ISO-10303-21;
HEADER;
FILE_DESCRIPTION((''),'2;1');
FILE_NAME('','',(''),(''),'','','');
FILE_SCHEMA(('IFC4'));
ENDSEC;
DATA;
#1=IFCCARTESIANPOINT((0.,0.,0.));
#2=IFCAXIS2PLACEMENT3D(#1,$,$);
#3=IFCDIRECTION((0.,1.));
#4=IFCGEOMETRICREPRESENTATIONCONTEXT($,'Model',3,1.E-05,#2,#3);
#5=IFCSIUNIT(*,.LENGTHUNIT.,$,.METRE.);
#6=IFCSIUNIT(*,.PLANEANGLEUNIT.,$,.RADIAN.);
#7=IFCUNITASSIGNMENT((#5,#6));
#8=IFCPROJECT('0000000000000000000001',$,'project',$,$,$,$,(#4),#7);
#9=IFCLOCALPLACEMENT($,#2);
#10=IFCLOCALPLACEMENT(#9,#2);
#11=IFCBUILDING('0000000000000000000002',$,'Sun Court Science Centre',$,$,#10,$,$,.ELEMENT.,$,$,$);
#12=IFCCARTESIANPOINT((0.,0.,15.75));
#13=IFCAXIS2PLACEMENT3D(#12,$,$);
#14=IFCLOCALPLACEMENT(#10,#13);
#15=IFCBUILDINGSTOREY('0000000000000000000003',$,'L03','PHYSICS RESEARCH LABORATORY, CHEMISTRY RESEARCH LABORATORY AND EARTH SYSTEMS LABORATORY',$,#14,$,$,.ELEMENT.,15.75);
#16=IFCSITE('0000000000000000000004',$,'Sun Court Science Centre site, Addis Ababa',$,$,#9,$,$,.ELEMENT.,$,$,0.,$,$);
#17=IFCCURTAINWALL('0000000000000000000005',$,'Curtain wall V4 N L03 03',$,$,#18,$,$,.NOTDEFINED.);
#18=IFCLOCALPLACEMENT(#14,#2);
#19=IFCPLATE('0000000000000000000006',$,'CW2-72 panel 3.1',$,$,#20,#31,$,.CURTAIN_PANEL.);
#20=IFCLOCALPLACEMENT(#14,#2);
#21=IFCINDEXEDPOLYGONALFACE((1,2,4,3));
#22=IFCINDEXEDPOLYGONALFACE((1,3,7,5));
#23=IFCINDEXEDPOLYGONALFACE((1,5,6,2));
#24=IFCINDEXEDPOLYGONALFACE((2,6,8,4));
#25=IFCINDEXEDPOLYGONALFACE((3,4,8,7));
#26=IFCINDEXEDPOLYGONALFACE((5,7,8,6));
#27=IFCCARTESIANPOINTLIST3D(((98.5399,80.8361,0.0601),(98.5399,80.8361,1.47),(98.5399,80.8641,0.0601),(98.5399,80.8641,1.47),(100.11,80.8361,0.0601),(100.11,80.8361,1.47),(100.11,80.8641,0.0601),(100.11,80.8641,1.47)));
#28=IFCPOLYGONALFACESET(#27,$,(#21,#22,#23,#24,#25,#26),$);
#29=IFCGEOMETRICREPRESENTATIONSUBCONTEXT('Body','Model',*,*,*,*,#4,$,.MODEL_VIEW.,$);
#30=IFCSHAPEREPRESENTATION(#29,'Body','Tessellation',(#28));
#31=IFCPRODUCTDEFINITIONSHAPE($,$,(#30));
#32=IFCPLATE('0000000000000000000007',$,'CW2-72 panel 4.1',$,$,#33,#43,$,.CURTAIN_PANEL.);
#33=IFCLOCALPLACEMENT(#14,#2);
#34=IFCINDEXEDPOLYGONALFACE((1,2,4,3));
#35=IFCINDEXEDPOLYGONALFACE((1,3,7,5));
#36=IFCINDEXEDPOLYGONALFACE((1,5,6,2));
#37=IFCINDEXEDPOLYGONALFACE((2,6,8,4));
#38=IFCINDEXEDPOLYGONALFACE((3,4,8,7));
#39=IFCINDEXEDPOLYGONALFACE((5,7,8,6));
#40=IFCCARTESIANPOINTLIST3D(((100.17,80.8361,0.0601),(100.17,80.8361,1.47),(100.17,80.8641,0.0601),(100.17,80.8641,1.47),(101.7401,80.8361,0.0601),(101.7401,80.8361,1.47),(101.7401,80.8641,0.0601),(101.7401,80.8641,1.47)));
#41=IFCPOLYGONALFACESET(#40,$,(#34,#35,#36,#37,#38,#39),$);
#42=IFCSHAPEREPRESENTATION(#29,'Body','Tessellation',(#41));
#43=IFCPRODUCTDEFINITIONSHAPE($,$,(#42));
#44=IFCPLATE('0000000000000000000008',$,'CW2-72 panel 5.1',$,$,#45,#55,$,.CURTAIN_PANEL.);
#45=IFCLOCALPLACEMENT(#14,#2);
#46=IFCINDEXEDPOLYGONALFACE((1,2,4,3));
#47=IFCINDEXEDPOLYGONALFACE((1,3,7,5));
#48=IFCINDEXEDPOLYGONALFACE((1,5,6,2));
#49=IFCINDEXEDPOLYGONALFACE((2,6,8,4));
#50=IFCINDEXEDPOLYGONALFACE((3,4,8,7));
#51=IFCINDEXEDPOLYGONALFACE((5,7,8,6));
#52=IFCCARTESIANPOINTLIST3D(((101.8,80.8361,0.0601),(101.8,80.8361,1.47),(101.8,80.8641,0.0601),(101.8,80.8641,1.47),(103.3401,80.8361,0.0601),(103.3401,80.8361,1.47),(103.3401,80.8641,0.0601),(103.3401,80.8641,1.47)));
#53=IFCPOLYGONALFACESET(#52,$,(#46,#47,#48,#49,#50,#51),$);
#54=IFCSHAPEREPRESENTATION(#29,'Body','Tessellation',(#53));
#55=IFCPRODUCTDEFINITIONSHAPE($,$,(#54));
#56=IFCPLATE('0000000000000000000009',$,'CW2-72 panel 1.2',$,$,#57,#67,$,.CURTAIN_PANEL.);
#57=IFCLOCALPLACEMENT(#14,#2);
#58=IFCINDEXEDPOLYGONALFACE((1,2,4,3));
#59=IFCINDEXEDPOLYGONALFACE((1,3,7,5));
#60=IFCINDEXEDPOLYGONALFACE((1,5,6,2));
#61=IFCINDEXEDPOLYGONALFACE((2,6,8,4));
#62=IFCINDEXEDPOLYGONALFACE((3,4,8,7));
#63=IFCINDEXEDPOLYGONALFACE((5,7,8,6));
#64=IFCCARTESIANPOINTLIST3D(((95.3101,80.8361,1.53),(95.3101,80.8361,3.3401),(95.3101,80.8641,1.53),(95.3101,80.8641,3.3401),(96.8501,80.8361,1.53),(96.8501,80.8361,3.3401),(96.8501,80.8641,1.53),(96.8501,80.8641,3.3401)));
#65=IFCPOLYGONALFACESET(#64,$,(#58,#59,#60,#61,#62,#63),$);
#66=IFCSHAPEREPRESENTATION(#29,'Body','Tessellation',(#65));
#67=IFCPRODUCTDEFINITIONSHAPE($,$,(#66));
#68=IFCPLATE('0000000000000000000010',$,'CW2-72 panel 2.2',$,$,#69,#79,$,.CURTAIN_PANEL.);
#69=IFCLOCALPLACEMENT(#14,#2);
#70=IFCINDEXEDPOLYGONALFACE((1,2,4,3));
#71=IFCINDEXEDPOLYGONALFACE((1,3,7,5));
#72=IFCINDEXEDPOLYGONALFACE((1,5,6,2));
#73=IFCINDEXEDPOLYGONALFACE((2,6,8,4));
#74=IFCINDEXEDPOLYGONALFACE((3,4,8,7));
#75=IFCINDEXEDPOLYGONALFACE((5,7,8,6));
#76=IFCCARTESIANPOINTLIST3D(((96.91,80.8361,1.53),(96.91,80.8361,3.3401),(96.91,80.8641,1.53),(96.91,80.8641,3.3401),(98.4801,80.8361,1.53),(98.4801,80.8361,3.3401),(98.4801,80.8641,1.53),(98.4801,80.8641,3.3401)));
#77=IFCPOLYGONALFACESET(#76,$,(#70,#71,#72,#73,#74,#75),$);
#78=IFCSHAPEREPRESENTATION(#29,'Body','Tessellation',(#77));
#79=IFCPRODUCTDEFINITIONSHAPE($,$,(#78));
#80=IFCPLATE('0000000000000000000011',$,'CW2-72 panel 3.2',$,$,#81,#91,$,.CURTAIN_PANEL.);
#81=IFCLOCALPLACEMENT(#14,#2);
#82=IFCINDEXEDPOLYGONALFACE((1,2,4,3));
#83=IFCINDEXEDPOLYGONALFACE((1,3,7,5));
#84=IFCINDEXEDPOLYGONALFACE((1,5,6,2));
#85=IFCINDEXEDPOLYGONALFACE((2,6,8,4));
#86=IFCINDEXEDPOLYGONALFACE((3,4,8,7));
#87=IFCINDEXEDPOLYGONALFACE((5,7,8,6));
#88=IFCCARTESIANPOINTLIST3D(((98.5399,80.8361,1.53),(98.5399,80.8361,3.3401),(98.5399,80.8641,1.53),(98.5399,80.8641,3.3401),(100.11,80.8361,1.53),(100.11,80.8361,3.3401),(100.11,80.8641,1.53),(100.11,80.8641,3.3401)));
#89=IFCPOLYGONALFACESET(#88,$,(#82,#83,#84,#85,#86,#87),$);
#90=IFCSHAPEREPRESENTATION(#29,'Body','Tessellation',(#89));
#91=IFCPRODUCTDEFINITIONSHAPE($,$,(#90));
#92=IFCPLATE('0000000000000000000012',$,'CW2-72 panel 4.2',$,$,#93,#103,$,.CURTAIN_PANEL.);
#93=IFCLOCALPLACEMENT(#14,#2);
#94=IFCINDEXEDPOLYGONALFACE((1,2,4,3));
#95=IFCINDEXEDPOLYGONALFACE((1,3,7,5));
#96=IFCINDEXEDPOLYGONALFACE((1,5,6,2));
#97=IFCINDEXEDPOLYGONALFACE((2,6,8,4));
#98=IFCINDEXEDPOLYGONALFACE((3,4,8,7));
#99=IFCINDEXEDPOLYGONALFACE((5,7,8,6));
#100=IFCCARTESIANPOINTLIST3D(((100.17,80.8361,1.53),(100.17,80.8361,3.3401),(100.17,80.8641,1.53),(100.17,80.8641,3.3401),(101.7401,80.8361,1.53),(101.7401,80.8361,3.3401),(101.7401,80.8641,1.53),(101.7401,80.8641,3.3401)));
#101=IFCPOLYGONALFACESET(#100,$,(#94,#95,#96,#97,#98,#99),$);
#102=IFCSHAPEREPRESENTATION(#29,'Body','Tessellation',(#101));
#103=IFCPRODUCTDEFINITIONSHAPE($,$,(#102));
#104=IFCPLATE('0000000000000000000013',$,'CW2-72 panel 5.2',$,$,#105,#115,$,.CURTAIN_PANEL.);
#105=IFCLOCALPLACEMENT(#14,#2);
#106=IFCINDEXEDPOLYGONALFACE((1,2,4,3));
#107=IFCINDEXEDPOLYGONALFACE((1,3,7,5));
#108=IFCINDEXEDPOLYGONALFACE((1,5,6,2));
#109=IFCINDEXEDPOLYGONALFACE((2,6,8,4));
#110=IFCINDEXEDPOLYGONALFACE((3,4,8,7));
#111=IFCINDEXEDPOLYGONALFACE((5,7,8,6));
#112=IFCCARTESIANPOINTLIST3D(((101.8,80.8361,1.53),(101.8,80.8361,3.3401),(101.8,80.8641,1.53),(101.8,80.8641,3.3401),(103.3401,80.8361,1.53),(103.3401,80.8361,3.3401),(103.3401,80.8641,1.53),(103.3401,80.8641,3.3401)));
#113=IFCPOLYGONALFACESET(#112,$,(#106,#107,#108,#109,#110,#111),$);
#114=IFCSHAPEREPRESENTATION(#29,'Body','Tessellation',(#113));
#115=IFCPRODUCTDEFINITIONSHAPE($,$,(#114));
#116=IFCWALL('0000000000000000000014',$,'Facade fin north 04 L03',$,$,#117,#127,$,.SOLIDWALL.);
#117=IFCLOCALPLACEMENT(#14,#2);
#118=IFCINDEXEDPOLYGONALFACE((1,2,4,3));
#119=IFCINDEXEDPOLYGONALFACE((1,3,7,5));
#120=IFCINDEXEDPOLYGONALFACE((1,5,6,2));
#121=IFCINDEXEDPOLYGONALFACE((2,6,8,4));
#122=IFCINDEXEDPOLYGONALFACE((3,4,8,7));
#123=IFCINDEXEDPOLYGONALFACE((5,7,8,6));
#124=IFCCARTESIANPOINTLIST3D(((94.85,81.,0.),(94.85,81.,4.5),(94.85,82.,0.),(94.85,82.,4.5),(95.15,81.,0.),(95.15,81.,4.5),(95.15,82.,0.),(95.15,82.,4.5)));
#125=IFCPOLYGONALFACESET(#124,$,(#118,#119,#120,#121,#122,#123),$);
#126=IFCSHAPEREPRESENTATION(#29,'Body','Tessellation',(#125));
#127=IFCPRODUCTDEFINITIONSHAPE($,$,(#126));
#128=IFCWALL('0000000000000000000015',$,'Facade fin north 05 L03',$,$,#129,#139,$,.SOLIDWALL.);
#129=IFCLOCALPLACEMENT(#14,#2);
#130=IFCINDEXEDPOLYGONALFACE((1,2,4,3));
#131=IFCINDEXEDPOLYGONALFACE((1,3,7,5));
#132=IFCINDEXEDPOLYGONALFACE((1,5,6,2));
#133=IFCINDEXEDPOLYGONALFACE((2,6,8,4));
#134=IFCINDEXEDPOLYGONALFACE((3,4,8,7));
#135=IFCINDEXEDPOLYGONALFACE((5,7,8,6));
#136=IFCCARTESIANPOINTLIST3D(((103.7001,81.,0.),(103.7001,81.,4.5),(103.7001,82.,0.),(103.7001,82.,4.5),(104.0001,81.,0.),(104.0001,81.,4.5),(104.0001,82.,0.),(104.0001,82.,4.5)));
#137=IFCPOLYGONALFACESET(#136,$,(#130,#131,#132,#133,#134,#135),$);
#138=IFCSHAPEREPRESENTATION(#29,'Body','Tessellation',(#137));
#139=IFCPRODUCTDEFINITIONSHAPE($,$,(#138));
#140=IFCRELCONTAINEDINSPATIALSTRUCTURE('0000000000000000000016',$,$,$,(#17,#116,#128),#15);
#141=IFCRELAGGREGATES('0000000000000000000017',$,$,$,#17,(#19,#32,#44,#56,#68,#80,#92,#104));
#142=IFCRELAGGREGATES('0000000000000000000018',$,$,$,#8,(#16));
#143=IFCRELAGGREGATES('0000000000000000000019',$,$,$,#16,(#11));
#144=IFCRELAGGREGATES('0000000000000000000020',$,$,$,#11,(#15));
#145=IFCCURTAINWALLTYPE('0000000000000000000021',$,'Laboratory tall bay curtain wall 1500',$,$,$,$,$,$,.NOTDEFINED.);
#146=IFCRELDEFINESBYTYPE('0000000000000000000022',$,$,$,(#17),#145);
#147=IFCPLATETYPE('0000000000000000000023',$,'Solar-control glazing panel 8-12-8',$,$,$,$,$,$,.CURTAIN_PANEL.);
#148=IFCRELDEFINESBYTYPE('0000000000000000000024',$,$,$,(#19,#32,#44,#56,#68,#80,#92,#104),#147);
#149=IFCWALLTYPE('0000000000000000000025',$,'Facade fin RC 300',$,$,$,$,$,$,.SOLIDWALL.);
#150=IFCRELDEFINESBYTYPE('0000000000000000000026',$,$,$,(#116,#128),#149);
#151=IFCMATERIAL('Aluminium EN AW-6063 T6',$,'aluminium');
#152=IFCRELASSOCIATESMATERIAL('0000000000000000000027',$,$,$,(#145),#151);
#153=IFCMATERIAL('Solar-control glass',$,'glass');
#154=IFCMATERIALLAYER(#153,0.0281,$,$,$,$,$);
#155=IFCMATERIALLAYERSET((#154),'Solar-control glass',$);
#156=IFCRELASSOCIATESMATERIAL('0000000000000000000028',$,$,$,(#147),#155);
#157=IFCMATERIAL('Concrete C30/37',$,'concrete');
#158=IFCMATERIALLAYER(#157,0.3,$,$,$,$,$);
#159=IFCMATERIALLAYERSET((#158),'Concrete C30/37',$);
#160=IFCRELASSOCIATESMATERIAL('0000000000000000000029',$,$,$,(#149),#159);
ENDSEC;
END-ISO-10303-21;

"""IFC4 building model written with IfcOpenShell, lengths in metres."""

from ifc_helpers import new_model, si_unit, direction, frame, frame_2d, origin, origin_2d, place, context, subcontext, project, spatial, rectangle, extrude, material, layer, layer_set, type_object, element, aggregate, save


model = new_model("IFC4")

# Units and contexts
model_context = context("Model", 3, precision=1e-05, world=origin(), true_north=direction((0.0, 1.0)))
body_context = subcontext(model_context, "Body", "Model", "MODEL_VIEW")
ifc_project = project(units=[si_unit("LENGTHUNIT", "METRE"), si_unit("PLANEANGLEUNIT", "RADIAN")], contexts=[model_context])

# Site, building, storey
site_placement = place(None, origin())
site = spatial("IfcSite", under=ifc_project, at=site_placement, Name="Sun Court Science Centre site, Addis Ababa", CompositionType="ELEMENT", RefElevation=0.0)
building_placement = place(site_placement, origin())
building = spatial("IfcBuilding", under=site, at=building_placement, Name="Sun Court Science Centre", CompositionType="ELEMENT")
storey_placement = place(building_placement, frame((0.0, 0.0, 15.75)))
storey = spatial("IfcBuildingStorey", under=building, at=storey_placement, Name="L03", Description="PHYSICS RESEARCH LABORATORY, CHEMISTRY RESEARCH LABORATORY AND EARTH SYSTEMS LABORATORY", CompositionType="ELEMENT", Elevation=15.75)

# Shared definitions
ifc_material_1 = material(Name="Aluminium EN AW-6063 T6", Category="aluminium")
curtain_wall_type = type_object("IfcCurtainWallType", Name="Laboratory tall bay curtain wall 1500", PredefinedType="NOTDEFINED", material=ifc_material_1)

# Curtain wall
curtain_wall_1_placement = place(storey_placement, origin())
curtain_wall_1 = element("IfcCurtainWall", 1, at=curtain_wall_1_placement, inside=storey, type_object=curtain_wall_type, Name="Curtain wall V4 N L03 03", PredefinedType="NOTDEFINED")

# Plates
ifc_material_2 = material(Name="Solar-control glass", Category="glass")
ifc_layer_1 = layer(ifc_material_2, 0.0281)
ifc_layer_set_1 = layer_set([ifc_layer_1], Name="Solar-control glass")
plate_type = type_object("IfcPlateType", Name="Solar-control glazing panel 8-12-8", PredefinedType="CURTAIN_PANEL", material=ifc_layer_set_1)
plate_1_placement = place(storey_placement, frame((99.325, 80.8501, 0.0601), z_axis=(0.0, 0.0, 1.0), x_axis=(1.0, 0.0, 0.0)))
plate_1 = element("IfcPlate", 2, at=plate_1_placement, type_object=plate_type, Name="CW2-72 panel 3.1", PredefinedType="CURTAIN_PANEL", context=body_context, shape_type="SweptSolid", body=[
    extrude(rectangle(XDim=1.5701, YDim=0.0281, at=origin_2d()), origin(), (0.0, 0.0, 1.0), 1.4099),
])
plate_2_placement = place(storey_placement, frame((100.9551, 80.8501, 0.0601), z_axis=(0.0, 0.0, 1.0), x_axis=(1.0, 0.0, 0.0)))
plate_2 = element("IfcPlate", 3, at=plate_2_placement, type_object=plate_type, Name="CW2-72 panel 4.1", PredefinedType="CURTAIN_PANEL", context=body_context, shape_type="SweptSolid", body=[
    extrude(rectangle(XDim=1.5701, YDim=0.0281, at=origin_2d()), origin(), (0.0, 0.0, 1.0), 1.4099),
])
plate_3_placement = place(storey_placement, frame((102.5701, 80.8501, 0.0601), z_axis=(0.0, 0.0, 1.0), x_axis=(1.0, 0.0, 0.0)))
plate_3 = element("IfcPlate", 4, at=plate_3_placement, type_object=plate_type, Name="CW2-72 panel 5.1", PredefinedType="CURTAIN_PANEL", context=body_context, shape_type="SweptSolid", body=[
    extrude(rectangle(XDim=1.54, YDim=0.0281, at=origin_2d()), origin(), (0.0, 0.0, 1.0), 1.4099),
])
plate_4_placement = place(storey_placement, frame((96.0801, 80.8501, 1.53), z_axis=(0.0, 0.0, 1.0), x_axis=(1.0, 0.0, 0.0)))
plate_4 = element("IfcPlate", 5, at=plate_4_placement, type_object=plate_type, Name="CW2-72 panel 1.2", PredefinedType="CURTAIN_PANEL", context=body_context, shape_type="SweptSolid", body=[
    extrude(rectangle(XDim=1.54, YDim=0.0281, at=origin_2d()), origin(), (0.0, 0.0, 1.0), 1.8101),
])
plate_5_placement = place(storey_placement, frame((97.6951, 80.8501, 1.53), z_axis=(0.0, 0.0, 1.0), x_axis=(1.0, 0.0, 0.0)))
plate_5 = element("IfcPlate", 6, at=plate_5_placement, type_object=plate_type, Name="CW2-72 panel 2.2", PredefinedType="CURTAIN_PANEL", context=body_context, shape_type="SweptSolid", body=[
    extrude(rectangle(XDim=1.5701, YDim=0.0281, at=origin_2d()), origin(), (0.0, 0.0, 1.0), 1.8101),
])
plate_6_placement = place(storey_placement, frame((99.325, 80.8501, 1.53), z_axis=(0.0, 0.0, 1.0), x_axis=(1.0, 0.0, 0.0)))
plate_6 = element("IfcPlate", 7, at=plate_6_placement, type_object=plate_type, Name="CW2-72 panel 3.2", PredefinedType="CURTAIN_PANEL", context=body_context, shape_type="SweptSolid", body=[
    extrude(rectangle(XDim=1.5701, YDim=0.0281, at=origin_2d()), origin(), (0.0, 0.0, 1.0), 1.8101),
])
plate_7_placement = place(storey_placement, frame((100.9551, 80.8501, 1.53), z_axis=(0.0, 0.0, 1.0), x_axis=(1.0, 0.0, 0.0)))
plate_7 = element("IfcPlate", 8, at=plate_7_placement, type_object=plate_type, Name="CW2-72 panel 4.2", PredefinedType="CURTAIN_PANEL", context=body_context, shape_type="SweptSolid", body=[
    extrude(rectangle(XDim=1.5701, YDim=0.0281, at=origin_2d()), origin(), (0.0, 0.0, 1.0), 1.8101),
])
plate_8_placement = place(storey_placement, frame((102.5701, 80.8501, 1.53), z_axis=(0.0, 0.0, 1.0), x_axis=(1.0, 0.0, 0.0)))
plate_8 = element("IfcPlate", 9, at=plate_8_placement, type_object=plate_type, Name="CW2-72 panel 5.2", PredefinedType="CURTAIN_PANEL", context=body_context, shape_type="SweptSolid", body=[
    extrude(rectangle(XDim=1.54, YDim=0.0281, at=origin_2d()), origin(), (0.0, 0.0, 1.0), 1.8101),
])
aggregate(curtain_wall_1, [plate_1, plate_2, plate_3, plate_4, plate_5, plate_6, plate_7, plate_8])

# Walls
ifc_material_3 = material(Name="Concrete C30/37", Category="concrete")
ifc_layer_2 = layer(ifc_material_3, 0.3)
ifc_layer_set_2 = layer_set([ifc_layer_2], Name="Concrete C30/37")
wall_type = type_object("IfcWallType", Name="Facade fin RC 300", PredefinedType="SOLIDWALL", material=ifc_layer_set_2)
for number, where, z_axis, x_axis, name in (
    (10, (95.0, 81.0, 0.0), (0.0, 0.0, 1.0), (0.0, 1.0, 0.0), "Facade fin north 04 L03"),
    (11, (103.8501, 81.0, 0.0), (0.0, 0.0, 1.0), (0.0, 1.0, 0.0), "Facade fin north 05 L03"),
):
    element("IfcWall", number, at=place(storey_placement, frame(where, z_axis=z_axis, x_axis=x_axis)), inside=storey, type_object=wall_type, Name=name, PredefinedType="SOLIDWALL", context=body_context, shape_type="SweptSolid", body=[
        extrude(rectangle(XDim=1.0, YDim=0.3, at=frame_2d((0.5, 0.0))), origin(), (0.0, 0.0, 1.0), 4.5),
    ])

save(model, "model.ifc")
